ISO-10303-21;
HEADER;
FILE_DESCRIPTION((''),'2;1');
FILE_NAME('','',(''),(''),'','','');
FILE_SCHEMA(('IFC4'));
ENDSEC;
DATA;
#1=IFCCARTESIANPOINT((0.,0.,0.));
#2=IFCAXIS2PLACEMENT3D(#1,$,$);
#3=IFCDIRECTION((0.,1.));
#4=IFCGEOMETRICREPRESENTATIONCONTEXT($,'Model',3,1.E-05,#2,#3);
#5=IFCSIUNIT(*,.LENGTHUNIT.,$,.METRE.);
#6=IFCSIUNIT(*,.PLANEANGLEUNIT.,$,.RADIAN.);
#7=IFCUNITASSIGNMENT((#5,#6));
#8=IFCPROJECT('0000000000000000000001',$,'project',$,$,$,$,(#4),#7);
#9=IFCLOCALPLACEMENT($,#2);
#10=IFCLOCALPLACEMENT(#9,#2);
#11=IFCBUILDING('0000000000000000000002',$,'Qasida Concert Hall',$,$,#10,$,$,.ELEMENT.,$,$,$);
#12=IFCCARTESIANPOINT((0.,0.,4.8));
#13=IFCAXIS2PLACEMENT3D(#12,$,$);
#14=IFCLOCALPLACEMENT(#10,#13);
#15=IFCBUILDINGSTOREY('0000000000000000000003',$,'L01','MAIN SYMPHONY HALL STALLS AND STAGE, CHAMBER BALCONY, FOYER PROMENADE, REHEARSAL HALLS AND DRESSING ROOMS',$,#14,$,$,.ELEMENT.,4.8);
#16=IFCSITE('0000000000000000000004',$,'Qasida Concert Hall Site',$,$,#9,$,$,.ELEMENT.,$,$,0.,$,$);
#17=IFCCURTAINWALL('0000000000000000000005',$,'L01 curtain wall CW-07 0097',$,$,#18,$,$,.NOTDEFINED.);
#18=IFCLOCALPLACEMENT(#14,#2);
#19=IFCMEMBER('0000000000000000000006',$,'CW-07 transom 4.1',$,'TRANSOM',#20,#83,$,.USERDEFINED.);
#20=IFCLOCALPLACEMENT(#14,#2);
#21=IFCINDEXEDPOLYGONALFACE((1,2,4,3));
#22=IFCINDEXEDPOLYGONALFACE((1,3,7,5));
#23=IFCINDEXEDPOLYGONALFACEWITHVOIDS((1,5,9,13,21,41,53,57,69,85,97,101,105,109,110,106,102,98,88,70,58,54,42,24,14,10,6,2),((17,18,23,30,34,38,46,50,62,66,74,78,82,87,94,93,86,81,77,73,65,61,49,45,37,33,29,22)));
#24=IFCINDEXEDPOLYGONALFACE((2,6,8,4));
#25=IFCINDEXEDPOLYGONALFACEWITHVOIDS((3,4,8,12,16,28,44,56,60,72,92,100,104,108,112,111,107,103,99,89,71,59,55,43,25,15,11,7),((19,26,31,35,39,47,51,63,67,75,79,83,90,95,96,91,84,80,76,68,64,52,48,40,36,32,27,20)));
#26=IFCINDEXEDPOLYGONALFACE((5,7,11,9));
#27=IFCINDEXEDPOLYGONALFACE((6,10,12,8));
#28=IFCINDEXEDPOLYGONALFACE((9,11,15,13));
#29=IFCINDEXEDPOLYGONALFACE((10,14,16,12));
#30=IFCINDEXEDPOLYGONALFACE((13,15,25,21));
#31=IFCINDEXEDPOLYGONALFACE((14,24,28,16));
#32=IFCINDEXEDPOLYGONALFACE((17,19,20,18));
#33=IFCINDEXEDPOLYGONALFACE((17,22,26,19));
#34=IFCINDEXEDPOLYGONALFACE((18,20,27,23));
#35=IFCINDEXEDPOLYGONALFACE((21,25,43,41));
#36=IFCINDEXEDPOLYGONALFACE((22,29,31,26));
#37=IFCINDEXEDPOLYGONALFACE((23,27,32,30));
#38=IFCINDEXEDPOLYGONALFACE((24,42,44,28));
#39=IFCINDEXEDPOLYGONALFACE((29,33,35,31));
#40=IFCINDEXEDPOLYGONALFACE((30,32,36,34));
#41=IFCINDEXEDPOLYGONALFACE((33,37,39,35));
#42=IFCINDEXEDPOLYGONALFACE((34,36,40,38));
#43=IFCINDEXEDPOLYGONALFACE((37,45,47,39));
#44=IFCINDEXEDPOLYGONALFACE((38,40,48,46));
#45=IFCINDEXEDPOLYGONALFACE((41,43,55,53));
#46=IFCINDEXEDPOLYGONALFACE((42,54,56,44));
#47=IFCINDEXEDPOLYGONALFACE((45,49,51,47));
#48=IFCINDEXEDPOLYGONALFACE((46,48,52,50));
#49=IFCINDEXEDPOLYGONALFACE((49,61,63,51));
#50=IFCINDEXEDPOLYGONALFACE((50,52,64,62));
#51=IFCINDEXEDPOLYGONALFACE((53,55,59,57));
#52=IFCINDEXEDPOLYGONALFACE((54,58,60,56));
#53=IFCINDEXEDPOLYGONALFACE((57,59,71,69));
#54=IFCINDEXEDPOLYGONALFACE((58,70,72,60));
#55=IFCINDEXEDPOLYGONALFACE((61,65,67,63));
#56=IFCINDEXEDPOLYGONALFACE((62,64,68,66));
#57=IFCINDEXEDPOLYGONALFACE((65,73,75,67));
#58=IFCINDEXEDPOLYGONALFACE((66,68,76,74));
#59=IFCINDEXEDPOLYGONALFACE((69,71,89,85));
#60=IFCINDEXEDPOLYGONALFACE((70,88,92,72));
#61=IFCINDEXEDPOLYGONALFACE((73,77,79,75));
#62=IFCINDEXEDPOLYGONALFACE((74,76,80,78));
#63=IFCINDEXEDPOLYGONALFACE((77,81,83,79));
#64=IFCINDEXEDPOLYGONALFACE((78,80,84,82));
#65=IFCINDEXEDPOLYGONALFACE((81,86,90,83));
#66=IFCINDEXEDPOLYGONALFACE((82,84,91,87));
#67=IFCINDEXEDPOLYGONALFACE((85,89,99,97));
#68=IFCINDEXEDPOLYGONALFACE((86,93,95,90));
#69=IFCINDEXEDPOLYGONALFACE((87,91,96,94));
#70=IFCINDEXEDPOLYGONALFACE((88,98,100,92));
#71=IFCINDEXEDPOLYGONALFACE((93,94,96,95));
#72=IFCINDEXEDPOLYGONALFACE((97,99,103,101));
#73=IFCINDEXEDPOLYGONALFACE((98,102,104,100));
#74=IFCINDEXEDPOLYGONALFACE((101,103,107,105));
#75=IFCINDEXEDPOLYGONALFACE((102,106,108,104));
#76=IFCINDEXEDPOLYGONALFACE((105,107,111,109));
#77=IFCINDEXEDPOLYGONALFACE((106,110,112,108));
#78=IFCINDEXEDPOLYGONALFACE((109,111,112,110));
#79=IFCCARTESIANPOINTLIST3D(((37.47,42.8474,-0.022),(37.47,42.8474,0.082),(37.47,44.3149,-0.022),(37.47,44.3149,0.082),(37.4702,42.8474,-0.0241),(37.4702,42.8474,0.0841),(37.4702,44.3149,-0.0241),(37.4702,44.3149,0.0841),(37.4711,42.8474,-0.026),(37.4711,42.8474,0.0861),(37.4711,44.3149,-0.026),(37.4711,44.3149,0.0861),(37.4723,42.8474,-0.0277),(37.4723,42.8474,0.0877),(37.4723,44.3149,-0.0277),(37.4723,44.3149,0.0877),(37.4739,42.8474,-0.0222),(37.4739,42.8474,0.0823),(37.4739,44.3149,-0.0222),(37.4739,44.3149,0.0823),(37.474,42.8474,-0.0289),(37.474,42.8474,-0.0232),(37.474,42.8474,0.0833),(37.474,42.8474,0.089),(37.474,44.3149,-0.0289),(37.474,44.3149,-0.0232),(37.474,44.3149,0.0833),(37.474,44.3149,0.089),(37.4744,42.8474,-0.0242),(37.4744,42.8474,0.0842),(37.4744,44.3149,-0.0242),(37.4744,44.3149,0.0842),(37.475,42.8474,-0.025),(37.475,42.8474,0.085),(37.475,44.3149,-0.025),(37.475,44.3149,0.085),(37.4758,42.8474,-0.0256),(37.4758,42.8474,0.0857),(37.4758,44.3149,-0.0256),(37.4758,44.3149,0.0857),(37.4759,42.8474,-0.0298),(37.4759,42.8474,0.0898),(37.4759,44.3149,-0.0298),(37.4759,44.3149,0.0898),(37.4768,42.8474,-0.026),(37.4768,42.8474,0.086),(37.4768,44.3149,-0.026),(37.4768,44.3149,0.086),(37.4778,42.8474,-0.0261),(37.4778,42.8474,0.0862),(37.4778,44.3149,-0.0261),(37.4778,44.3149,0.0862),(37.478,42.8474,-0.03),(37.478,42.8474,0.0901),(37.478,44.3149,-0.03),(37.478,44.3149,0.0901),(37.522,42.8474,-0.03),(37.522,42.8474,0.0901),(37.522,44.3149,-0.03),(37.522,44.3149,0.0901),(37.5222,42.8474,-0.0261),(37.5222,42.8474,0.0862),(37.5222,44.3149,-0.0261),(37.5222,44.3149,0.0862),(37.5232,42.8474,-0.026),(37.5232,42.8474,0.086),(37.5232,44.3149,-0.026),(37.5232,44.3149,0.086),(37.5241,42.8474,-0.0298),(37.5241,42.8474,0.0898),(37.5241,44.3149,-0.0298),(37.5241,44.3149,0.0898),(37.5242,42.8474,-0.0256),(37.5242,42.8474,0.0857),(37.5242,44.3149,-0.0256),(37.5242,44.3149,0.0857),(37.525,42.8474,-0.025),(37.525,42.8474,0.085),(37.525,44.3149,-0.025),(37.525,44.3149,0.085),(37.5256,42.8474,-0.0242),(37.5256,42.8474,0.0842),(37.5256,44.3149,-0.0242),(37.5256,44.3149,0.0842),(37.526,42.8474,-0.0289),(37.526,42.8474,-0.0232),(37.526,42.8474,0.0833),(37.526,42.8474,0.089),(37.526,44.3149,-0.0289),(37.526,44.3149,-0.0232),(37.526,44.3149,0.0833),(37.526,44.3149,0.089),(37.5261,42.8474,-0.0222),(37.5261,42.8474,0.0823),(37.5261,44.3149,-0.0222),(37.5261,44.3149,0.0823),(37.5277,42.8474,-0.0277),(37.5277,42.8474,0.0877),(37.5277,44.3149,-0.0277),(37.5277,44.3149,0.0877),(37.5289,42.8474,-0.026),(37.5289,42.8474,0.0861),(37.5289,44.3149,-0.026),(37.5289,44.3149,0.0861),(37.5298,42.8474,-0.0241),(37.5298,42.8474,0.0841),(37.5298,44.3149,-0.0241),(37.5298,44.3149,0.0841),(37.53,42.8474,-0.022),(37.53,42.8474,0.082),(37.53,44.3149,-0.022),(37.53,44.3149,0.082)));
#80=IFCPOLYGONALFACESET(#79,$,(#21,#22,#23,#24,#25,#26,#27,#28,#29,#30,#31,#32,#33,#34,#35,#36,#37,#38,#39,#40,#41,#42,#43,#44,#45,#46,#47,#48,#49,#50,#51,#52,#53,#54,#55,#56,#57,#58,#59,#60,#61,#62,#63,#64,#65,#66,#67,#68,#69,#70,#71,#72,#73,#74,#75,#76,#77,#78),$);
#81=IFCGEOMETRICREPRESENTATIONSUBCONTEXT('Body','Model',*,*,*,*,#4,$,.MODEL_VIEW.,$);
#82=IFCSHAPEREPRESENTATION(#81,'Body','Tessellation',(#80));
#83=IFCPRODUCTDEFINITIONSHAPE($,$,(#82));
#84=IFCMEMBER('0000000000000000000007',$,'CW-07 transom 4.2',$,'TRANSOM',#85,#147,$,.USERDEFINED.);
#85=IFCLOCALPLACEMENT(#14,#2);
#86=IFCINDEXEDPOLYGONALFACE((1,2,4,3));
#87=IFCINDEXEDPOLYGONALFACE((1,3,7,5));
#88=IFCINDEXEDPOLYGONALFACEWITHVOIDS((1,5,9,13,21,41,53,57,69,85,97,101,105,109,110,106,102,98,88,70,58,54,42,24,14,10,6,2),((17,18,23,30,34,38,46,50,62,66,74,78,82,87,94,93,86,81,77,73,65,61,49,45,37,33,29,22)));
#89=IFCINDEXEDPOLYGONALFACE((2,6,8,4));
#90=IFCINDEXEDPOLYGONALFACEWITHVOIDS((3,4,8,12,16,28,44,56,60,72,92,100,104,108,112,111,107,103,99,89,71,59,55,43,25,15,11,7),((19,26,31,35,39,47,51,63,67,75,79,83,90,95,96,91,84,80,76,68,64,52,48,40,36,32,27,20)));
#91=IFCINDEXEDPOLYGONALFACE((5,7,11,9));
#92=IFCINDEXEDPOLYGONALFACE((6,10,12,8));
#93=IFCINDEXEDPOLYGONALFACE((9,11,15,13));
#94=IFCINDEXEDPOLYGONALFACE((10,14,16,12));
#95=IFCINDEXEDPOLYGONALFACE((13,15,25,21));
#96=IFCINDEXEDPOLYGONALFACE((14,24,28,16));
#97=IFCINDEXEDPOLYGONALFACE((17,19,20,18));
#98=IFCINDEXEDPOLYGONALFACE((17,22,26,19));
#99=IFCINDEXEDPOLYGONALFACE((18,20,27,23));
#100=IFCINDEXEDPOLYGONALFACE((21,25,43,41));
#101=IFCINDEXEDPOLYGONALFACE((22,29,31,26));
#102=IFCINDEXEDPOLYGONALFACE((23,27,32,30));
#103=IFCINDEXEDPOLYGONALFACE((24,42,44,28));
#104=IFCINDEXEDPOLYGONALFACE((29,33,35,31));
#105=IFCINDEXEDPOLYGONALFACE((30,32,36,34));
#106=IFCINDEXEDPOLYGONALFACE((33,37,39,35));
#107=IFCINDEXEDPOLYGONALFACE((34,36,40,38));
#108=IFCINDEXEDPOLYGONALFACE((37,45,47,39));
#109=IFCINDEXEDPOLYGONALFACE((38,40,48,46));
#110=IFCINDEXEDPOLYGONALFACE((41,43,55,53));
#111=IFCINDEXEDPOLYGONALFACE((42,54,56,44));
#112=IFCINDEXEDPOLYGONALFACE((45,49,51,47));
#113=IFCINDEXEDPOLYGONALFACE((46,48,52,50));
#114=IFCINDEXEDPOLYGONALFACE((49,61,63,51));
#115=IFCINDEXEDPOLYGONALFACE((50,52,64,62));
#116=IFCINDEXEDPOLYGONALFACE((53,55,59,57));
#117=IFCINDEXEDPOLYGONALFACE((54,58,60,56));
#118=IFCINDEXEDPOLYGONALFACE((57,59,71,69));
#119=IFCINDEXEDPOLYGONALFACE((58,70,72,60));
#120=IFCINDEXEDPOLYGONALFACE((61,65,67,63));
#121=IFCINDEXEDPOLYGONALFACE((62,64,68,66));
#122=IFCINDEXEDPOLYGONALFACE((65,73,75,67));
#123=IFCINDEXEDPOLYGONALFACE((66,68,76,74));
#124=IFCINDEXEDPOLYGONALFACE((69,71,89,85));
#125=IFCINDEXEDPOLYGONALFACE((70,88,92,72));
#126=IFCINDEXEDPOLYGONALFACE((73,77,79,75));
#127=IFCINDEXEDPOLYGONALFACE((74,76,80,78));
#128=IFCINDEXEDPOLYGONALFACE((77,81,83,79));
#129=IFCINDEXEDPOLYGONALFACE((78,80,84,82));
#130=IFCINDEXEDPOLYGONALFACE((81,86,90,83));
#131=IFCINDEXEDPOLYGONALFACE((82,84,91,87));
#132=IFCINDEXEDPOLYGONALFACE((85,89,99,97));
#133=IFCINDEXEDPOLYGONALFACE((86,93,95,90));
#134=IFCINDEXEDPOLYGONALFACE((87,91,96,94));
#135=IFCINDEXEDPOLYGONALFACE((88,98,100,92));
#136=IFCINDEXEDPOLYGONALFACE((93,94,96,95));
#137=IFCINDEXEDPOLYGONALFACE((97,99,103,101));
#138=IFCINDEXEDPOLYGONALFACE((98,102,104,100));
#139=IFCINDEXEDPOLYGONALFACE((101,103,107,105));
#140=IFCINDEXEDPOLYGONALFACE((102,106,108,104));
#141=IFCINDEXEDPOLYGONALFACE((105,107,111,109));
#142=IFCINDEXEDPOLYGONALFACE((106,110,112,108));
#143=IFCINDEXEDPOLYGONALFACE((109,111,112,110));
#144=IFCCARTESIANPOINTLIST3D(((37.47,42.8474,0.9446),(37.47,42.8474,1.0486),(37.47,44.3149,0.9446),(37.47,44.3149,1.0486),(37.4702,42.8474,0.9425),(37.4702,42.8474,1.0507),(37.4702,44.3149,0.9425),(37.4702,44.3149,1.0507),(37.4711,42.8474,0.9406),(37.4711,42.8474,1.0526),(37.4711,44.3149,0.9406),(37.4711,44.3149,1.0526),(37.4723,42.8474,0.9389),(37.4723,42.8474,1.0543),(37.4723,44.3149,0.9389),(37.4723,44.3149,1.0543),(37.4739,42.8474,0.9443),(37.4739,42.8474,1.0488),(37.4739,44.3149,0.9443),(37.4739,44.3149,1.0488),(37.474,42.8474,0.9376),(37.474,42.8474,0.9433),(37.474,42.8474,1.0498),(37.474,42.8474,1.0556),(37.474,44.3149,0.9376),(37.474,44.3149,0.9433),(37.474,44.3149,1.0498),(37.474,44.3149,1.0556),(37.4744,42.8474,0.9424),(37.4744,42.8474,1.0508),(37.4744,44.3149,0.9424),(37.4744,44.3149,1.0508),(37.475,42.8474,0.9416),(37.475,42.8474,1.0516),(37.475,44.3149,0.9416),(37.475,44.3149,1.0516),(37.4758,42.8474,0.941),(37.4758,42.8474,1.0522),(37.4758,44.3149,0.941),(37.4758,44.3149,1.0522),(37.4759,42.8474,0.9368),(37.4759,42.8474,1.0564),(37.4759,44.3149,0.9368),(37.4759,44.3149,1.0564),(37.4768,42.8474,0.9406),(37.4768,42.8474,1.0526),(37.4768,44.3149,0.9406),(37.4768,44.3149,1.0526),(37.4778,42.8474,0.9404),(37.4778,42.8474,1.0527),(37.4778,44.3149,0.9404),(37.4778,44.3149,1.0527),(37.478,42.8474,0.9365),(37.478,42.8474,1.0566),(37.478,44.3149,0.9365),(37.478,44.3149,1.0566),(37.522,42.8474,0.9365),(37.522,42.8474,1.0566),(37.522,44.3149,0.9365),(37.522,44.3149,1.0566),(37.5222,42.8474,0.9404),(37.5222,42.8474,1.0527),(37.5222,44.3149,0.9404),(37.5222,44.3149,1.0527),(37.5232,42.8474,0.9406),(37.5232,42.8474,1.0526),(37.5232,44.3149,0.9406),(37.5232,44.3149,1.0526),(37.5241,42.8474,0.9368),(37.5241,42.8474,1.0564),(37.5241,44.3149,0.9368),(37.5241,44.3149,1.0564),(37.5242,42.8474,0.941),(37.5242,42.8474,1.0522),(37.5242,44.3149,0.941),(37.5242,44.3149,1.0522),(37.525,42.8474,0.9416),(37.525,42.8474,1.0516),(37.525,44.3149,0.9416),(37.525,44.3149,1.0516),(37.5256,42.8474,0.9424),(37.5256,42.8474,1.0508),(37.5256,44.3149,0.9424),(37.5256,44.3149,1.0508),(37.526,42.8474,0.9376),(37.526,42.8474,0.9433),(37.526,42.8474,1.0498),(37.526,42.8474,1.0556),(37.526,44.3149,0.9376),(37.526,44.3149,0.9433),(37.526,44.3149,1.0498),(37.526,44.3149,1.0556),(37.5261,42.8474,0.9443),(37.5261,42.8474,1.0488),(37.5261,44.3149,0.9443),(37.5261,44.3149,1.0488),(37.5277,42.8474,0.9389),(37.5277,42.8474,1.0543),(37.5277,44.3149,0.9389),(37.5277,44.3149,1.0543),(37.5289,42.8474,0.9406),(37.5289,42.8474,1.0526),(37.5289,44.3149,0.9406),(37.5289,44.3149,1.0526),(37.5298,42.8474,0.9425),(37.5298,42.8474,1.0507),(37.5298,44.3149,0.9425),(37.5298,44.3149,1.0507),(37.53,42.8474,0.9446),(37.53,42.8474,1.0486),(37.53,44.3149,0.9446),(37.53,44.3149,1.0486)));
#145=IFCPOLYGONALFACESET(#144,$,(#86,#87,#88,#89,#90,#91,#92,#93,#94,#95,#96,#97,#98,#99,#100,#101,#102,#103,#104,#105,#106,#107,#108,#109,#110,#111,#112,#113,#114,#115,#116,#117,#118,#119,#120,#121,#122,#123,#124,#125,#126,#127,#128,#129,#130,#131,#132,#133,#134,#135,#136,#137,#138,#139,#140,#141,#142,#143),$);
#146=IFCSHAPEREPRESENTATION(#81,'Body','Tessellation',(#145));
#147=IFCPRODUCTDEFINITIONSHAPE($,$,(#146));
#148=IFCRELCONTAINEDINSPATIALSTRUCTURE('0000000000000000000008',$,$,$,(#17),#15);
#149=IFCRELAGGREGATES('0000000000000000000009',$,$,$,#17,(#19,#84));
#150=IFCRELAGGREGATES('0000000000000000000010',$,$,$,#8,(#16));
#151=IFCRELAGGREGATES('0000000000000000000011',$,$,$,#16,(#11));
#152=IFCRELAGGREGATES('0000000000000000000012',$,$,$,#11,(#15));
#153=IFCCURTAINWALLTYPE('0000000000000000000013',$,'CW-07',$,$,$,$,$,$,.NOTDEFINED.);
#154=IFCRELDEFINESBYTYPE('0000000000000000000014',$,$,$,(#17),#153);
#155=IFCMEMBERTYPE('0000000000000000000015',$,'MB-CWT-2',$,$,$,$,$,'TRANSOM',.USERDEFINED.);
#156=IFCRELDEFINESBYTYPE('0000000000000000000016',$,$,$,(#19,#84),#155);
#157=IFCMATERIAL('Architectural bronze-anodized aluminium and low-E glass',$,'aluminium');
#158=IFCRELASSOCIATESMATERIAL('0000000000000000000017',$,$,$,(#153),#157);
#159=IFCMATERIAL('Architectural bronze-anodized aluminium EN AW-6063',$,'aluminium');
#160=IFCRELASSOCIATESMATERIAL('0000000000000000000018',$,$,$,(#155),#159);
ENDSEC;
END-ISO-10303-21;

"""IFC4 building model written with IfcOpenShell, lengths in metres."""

from ifc_helpers import new_model, si_unit, direction, frame, origin, origin_2d, place, context, subcontext, project, spatial, hollow_rectangle, extrude, material, material_profile, profile_set, type_object, element, aggregate, save


model = new_model("IFC4")

# Units and contexts
model_context = context("Model", 3, precision=1e-05, world=origin(), true_north=direction((0.0, 1.0)))
body_context = subcontext(model_context, "Body", "Model", "MODEL_VIEW")
ifc_project = project(units=[si_unit("LENGTHUNIT", "METRE"), si_unit("PLANEANGLEUNIT", "RADIAN")], contexts=[model_context])

# Site, building, storey
site_placement = place(None, origin())
site = spatial("IfcSite", under=ifc_project, at=site_placement, Name="Qasida Concert Hall Site", CompositionType="ELEMENT", RefElevation=0.0)
building_placement = place(site_placement, origin())
building = spatial("IfcBuilding", under=site, at=building_placement, Name="Qasida Concert Hall", CompositionType="ELEMENT")
storey_placement = place(building_placement, frame((0.0, 0.0, 4.8)))
storey = spatial("IfcBuildingStorey", under=building, at=storey_placement, Name="L01", Description="MAIN SYMPHONY HALL STALLS AND STAGE, CHAMBER BALCONY, FOYER PROMENADE, REHEARSAL HALLS AND DRESSING ROOMS", CompositionType="ELEMENT", Elevation=4.8)

# Shared definitions
ifc_material_1 = material(Name="Architectural bronze-anodized aluminium and low-E glass", Category="aluminium")
curtain_wall_type = type_object("IfcCurtainWallType", Name="CW-07", PredefinedType="NOTDEFINED", material=ifc_material_1)
ifc_material_2 = material(Name="Architectural bronze-anodized aluminium EN AW-6063", Category="aluminium")

# Curtain wall
curtain_wall_1_placement = place(storey_placement, origin())
curtain_wall_1 = element("IfcCurtainWall", 1, at=curtain_wall_1_placement, inside=storey, type_object=curtain_wall_type, Name="L01 curtain wall CW-07 0097", PredefinedType="NOTDEFINED")

# Members
ifc_material_profile_1 = material_profile(ifc_material_2, hollow_rectangle(XDim=0.0601, YDim=0.1201, WallThickness=0.0039, InnerFilletRadius=0.0039, OuterFilletRadius=0.0081, at=origin_2d()), Name="CWT 120x60x4")
ifc_profile_set_1 = profile_set([ifc_material_profile_1], Name="Architectural bronze-anodized aluminium EN AW-6063")
member_type_1 = type_object("IfcMemberType", Name="MB-CWT-2", ElementType="TRANSOM", PredefinedType="USERDEFINED", material=ifc_profile_set_1)
member_1_placement = place(storey_placement, frame((37.5, 42.8474, 0.03), z_axis=(0.0, 1.0, 0.0), x_axis=(-1.0, 0.0, 0.0)))
member_1 = element("IfcMember", 2, at=member_1_placement, type_object=member_type_1, Name="CW-07 transom 4.1", ObjectType="TRANSOM", PredefinedType="USERDEFINED", context=body_context, shape_type="SweptSolid", body=[
    extrude(hollow_rectangle(XDim=0.0601, YDim=0.1201, WallThickness=0.0039, InnerFilletRadius=0.0039, OuterFilletRadius=0.0081, at=origin_2d()), origin(), (0.0, 0.0, 1.0), 1.4675),
])
member_2_placement = place(storey_placement, frame((37.5, 42.8474, 0.9966), z_axis=(0.0, 1.0, 0.0), x_axis=(-1.0, 0.0, 0.0)))
member_2 = element("IfcMember", 3, at=member_2_placement, type_object=member_type_1, Name="CW-07 transom 4.2", ObjectType="TRANSOM", PredefinedType="USERDEFINED", context=body_context, shape_type="SweptSolid", body=[
    extrude(hollow_rectangle(XDim=0.0601, YDim=0.1201, WallThickness=0.0039, InnerFilletRadius=0.0039, OuterFilletRadius=0.0081, at=origin_2d()), origin(), (0.0, 0.0, 1.0), 1.4675),
])

aggregate(curtain_wall_1, [member_1, member_2])

save(model, "model.ifc")
